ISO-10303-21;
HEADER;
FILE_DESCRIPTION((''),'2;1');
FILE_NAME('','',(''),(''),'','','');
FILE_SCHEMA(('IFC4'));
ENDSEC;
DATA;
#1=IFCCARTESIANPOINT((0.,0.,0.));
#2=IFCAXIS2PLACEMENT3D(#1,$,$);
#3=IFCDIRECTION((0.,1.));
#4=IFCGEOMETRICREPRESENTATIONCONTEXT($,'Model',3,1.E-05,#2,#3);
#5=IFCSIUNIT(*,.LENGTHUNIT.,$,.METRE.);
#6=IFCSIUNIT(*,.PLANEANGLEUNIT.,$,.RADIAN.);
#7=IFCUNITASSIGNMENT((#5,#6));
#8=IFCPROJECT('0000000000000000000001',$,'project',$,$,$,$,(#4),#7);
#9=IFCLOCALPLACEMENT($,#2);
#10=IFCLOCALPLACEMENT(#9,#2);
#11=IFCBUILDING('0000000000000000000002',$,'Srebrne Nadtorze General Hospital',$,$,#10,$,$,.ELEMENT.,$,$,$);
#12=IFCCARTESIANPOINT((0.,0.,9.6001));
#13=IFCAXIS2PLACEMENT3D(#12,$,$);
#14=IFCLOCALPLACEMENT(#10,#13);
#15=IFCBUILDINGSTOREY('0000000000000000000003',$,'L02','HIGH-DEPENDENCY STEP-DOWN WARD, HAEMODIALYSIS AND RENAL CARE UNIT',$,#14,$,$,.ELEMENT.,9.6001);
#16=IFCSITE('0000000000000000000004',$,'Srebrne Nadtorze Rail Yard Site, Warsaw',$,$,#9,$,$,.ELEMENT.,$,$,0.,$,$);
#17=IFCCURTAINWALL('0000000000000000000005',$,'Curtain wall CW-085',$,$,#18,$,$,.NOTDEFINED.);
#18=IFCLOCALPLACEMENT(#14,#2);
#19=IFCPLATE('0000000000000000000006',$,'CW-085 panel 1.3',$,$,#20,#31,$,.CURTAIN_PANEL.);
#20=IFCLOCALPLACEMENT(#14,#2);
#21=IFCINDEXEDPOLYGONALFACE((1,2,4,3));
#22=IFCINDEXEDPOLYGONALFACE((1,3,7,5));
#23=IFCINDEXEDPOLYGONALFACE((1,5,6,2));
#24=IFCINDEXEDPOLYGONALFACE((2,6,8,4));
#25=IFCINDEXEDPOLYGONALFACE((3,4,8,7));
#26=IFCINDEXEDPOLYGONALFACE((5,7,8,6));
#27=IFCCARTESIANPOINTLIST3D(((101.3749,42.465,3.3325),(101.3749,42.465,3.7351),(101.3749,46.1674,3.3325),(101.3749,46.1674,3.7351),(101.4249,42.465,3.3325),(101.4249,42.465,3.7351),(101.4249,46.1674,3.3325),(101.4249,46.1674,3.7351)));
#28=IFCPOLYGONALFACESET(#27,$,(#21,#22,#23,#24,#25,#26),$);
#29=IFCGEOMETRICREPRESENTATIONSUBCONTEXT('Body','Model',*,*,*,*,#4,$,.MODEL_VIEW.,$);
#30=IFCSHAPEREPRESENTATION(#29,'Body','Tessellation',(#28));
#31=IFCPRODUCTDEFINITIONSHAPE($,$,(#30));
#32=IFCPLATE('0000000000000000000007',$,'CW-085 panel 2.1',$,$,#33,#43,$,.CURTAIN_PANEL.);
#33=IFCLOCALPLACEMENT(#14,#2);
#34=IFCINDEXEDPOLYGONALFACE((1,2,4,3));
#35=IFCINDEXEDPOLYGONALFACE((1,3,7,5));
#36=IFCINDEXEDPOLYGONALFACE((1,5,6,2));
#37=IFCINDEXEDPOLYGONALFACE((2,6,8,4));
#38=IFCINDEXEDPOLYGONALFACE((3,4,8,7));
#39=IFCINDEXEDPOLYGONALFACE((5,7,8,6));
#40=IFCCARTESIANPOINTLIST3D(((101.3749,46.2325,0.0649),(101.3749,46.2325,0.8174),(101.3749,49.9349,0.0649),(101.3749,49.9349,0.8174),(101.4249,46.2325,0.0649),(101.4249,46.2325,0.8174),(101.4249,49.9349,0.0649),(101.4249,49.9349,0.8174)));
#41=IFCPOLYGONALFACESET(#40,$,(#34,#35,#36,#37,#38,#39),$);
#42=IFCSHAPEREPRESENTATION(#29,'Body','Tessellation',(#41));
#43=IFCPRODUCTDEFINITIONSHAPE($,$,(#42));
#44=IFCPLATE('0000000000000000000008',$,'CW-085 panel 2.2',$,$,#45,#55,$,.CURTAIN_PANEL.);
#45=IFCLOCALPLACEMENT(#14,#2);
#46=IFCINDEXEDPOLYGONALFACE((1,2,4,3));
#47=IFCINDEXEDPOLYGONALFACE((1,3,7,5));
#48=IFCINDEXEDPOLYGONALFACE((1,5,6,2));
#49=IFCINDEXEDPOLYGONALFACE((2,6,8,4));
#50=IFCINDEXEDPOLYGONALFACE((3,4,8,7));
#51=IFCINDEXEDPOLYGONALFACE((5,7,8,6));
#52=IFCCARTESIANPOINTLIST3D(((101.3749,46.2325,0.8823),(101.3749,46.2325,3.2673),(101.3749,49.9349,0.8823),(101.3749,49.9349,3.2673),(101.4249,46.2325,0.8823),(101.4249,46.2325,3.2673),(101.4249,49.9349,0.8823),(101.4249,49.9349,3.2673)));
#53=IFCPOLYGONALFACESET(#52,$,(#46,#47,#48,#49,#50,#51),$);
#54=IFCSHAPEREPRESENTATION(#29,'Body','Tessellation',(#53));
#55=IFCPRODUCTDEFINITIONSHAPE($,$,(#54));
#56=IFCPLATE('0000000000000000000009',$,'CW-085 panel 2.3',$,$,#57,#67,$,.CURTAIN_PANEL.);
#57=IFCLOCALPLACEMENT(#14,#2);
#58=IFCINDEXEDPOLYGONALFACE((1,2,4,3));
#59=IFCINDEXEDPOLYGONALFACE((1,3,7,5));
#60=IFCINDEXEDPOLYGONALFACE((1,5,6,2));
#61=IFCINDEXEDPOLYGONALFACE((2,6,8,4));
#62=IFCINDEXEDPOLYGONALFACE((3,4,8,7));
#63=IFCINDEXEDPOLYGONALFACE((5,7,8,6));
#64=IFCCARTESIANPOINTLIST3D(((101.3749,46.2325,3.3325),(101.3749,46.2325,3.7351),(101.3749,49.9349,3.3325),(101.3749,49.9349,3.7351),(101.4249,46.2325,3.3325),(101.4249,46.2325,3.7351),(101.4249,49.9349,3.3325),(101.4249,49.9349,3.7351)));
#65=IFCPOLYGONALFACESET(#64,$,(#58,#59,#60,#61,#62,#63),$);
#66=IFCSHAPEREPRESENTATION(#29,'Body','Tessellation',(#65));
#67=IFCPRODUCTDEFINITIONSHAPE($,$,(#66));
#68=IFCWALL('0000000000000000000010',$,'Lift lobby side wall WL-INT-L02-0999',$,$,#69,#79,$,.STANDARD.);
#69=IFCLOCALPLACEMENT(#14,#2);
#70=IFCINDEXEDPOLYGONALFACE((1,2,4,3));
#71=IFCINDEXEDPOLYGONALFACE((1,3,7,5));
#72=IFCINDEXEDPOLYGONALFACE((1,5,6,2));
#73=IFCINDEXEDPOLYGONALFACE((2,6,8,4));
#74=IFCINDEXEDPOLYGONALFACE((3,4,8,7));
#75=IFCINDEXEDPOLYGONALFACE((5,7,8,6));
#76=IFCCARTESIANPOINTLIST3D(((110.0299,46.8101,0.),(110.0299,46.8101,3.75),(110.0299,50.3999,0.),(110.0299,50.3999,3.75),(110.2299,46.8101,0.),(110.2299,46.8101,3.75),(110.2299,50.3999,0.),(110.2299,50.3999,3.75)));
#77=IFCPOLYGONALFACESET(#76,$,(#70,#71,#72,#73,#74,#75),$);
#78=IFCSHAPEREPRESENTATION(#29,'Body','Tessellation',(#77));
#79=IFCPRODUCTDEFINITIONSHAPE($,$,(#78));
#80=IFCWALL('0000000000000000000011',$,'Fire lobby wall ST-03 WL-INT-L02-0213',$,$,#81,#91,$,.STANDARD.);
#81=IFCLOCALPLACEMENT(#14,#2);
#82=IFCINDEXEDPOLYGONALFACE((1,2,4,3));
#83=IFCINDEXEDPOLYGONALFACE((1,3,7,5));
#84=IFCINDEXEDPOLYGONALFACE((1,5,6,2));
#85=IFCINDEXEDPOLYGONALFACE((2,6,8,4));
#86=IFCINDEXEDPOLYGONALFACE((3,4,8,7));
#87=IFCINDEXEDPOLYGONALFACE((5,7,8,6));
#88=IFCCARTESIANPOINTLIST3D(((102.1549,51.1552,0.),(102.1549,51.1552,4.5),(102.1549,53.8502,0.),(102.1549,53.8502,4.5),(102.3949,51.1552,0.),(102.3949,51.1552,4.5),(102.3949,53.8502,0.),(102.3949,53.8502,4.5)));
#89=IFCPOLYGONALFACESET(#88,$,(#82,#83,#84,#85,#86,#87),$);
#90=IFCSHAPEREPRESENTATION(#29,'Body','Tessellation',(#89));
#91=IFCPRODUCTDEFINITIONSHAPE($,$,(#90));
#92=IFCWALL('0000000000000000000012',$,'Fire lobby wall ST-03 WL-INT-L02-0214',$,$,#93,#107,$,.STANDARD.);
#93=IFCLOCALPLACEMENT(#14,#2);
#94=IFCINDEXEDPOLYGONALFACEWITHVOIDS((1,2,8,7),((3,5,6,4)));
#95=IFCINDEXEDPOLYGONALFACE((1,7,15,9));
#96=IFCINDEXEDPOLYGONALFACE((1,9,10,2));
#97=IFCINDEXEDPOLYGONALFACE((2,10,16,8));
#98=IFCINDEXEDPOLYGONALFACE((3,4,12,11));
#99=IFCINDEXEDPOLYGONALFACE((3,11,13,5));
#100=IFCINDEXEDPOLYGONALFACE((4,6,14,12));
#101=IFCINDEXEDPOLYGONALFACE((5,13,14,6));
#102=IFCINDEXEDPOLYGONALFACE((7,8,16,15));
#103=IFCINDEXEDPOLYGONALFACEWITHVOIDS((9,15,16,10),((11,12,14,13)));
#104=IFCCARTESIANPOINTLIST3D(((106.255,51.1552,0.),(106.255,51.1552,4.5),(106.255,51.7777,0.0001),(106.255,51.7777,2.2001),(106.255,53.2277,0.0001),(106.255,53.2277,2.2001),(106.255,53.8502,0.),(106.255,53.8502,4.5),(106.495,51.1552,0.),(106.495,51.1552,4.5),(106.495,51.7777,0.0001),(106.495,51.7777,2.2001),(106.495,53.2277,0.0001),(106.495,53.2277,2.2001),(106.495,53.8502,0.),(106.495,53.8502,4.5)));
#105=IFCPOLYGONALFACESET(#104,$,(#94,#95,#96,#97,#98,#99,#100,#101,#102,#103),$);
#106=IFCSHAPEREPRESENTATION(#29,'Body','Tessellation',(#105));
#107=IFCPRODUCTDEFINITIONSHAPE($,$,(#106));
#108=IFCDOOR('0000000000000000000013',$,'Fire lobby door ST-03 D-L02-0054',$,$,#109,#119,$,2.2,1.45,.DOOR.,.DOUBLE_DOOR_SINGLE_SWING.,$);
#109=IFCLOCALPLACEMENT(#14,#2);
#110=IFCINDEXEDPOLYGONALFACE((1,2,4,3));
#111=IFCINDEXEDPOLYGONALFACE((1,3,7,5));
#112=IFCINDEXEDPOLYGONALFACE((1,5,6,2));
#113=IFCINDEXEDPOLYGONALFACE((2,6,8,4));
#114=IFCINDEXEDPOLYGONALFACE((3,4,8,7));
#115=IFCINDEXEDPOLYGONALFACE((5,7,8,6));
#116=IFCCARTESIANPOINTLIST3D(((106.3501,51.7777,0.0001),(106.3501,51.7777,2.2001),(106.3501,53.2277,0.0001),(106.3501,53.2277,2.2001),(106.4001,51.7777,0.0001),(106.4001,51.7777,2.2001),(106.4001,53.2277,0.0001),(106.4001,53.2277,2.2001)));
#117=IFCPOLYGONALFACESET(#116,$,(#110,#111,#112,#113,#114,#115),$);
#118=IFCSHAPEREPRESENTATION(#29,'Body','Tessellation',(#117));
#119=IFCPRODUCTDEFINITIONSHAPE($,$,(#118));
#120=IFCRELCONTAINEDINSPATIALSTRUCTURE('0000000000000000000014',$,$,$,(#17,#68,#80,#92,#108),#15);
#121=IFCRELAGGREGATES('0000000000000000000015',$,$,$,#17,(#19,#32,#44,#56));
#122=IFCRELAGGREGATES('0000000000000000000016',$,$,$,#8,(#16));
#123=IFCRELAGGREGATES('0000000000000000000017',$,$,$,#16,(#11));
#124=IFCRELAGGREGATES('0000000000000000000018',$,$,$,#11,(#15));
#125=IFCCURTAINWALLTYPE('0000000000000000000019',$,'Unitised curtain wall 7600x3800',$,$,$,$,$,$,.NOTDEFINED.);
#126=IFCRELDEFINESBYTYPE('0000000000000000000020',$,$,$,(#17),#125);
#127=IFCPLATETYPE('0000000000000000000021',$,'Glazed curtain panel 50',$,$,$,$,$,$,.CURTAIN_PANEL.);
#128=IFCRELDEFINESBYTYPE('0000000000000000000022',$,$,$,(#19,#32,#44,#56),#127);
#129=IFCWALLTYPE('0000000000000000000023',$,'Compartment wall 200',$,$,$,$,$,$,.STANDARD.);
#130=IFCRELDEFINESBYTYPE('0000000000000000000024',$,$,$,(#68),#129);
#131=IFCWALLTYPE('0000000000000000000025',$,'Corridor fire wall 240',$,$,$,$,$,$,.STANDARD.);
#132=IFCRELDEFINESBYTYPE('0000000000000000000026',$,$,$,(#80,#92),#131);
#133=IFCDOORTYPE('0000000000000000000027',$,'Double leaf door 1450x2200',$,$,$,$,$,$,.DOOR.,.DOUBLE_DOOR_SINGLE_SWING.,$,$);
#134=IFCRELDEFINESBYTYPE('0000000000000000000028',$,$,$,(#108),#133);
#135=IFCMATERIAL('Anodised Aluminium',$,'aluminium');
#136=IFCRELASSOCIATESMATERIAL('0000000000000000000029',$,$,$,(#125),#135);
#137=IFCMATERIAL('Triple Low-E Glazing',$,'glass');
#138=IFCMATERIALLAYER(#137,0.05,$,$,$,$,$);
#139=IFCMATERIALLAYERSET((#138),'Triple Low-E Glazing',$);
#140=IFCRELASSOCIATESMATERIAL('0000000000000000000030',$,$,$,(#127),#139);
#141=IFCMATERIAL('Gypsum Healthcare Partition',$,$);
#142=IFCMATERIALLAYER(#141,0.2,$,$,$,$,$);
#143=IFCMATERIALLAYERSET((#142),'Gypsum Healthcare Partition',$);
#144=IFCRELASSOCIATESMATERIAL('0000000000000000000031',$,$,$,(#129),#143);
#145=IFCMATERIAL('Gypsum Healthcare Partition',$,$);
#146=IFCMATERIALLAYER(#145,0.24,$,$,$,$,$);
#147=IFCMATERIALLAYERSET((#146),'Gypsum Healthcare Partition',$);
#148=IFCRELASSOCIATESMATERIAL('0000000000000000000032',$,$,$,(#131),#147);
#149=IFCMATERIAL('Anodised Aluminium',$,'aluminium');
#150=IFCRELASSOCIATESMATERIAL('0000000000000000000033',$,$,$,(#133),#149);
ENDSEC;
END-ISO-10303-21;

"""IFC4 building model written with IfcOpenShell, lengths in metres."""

from ifc_helpers import new_model, si_unit, direction, frame, frame_2d, origin, origin_2d, place, context, subcontext, project, spatial, rectangle, extrude, material, layer, layer_set, type_object, element, fill, aggregate, save


model = new_model("IFC4")

# Units and contexts
model_context = context("Model", 3, precision=1e-05, world=origin(), true_north=direction((0.0, 1.0)))
body_context = subcontext(model_context, "Body", "Model", "MODEL_VIEW")
ifc_project = project(units=[si_unit("LENGTHUNIT", "METRE"), si_unit("PLANEANGLEUNIT", "RADIAN")], contexts=[model_context])

# Site, building, storey
site_placement = place(None, origin())
site = spatial("IfcSite", under=ifc_project, at=site_placement, Name="Srebrne Nadtorze Rail Yard Site, Warsaw", CompositionType="ELEMENT", RefElevation=0.0)
building_placement = place(site_placement, origin())
building = spatial("IfcBuilding", under=site, at=building_placement, Name="Srebrne Nadtorze General Hospital", CompositionType="ELEMENT")
storey_placement = place(building_placement, frame((0.0, 0.0, 9.6001)))
storey = spatial("IfcBuildingStorey", under=building, at=storey_placement, Name="L02", Description="HIGH-DEPENDENCY STEP-DOWN WARD, HAEMODIALYSIS AND RENAL CARE UNIT", CompositionType="ELEMENT", Elevation=9.6001)

# Curtain wall
ifc_material_1 = material(Name="Anodised Aluminium", Category="aluminium")
curtain_wall_type = type_object("IfcCurtainWallType", Name="Unitised curtain wall 7600x3800", PredefinedType="NOTDEFINED", material=ifc_material_1)
curtain_wall_placement = place(storey_placement, origin())
curtain_wall = element("IfcCurtainWall", 1, at=curtain_wall_placement, inside=storey, type_object=curtain_wall_type, Name="Curtain wall CW-085", PredefinedType="NOTDEFINED")

# Plates
ifc_material_2 = material(Name="Triple Low-E Glazing", Category="glass")
ifc_layer_1 = layer(ifc_material_2, 0.05)
ifc_layer_set_1 = layer_set([ifc_layer_1], Name="Triple Low-E Glazing")
plate_type = type_object("IfcPlateType", Name="Glazed curtain panel 50", PredefinedType="CURTAIN_PANEL", material=ifc_layer_set_1)
plate_1_placement = place(storey_placement, frame((101.3999, 44.3162, 3.3325), z_axis=(0.0, 0.0, 1.0), x_axis=(0.0, 1.0, 0.0)))
plate_1 = element("IfcPlate", 2, at=plate_1_placement, type_object=plate_type, Name="CW-085 panel 1.3", PredefinedType="CURTAIN_PANEL", context=body_context, shape_type="SweptSolid", body=[
    extrude(rectangle(XDim=3.7024, YDim=0.05, at=origin_2d()), origin(), (0.0, 0.0, 1.0), 0.4026),
])
plate_2_placement = place(storey_placement, frame((101.3999, 48.0837, 0.0649), z_axis=(0.0, 0.0, 1.0), x_axis=(0.0, 1.0, 0.0)))
plate_2 = element("IfcPlate", 3, at=plate_2_placement, type_object=plate_type, Name="CW-085 panel 2.1", PredefinedType="CURTAIN_PANEL", context=body_context, shape_type="SweptSolid", body=[
    extrude(rectangle(XDim=3.7024, YDim=0.05, at=origin_2d()), origin(), (0.0, 0.0, 1.0), 0.7524),
])
plate_3_placement = place(storey_placement, frame((101.3999, 48.0837, 0.8823), z_axis=(0.0, 0.0, 1.0), x_axis=(0.0, 1.0, 0.0)))
plate_3 = element("IfcPlate", 4, at=plate_3_placement, type_object=plate_type, Name="CW-085 panel 2.2", PredefinedType="CURTAIN_PANEL", context=body_context, shape_type="SweptSolid", body=[
    extrude(rectangle(XDim=3.7024, YDim=0.05, at=origin_2d()), origin(), (0.0, 0.0, 1.0), 2.385),
])
plate_4_placement = place(storey_placement, frame((101.3999, 48.0837, 3.3325), z_axis=(0.0, 0.0, 1.0), x_axis=(0.0, 1.0, 0.0)))
plate_4 = element("IfcPlate", 5, at=plate_4_placement, type_object=plate_type, Name="CW-085 panel 2.3", PredefinedType="CURTAIN_PANEL", context=body_context, shape_type="SweptSolid", body=[
    extrude(rectangle(XDim=3.7024, YDim=0.05, at=origin_2d()), origin(), (0.0, 0.0, 1.0), 0.4026),
])
aggregate(curtain_wall, [plate_1, plate_2, plate_3, plate_4])

# Walls
ifc_material_3 = material(Name="Gypsum Healthcare Partition")
ifc_layer_2 = layer(ifc_material_3, 0.2)
ifc_layer_set_2 = layer_set([ifc_layer_2], Name="Gypsum Healthcare Partition")
wall_type_1 = type_object("IfcWallType", Name="Compartment wall 200", PredefinedType="STANDARD", material=ifc_layer_set_2)
wall_1_placement = place(storey_placement, frame((110.1299, 46.8101, 0.0), z_axis=(0.0, 0.0, 1.0), x_axis=(0.0, 1.0, 0.0)))
element("IfcWall", 6, at=wall_1_placement, inside=storey, type_object=wall_type_1, Name="Lift lobby side wall WL-INT-L02-0999", PredefinedType="STANDARD", context=body_context, shape_type="SweptSolid", body=[
    extrude(rectangle(XDim=3.5898, YDim=0.2, at=frame_2d((1.7949, 0.0))), origin(), (0.0, 0.0, 1.0), 3.75),
])
ifc_material_4 = material(Name="Gypsum Healthcare Partition")
ifc_layer_3 = layer(ifc_material_4, 0.24)
ifc_layer_set_3 = layer_set([ifc_layer_3], Name="Gypsum Healthcare Partition")
wall_type_2 = type_object("IfcWallType", Name="Corridor fire wall 240", PredefinedType="STANDARD", material=ifc_layer_set_3)
wall_2_placement = place(storey_placement, frame((102.2749, 51.155, 0.0), z_axis=(0.0, 0.0, 1.0), x_axis=(0.0, 1.0, 0.0)))
element("IfcWall", 7, at=wall_2_placement, inside=storey, type_object=wall_type_2, Name="Fire lobby wall ST-03 WL-INT-L02-0213", PredefinedType="STANDARD", context=body_context, shape_type="SweptSolid", body=[
    extrude(rectangle(XDim=2.6951, YDim=0.24, at=frame_2d((1.3477, 0.0))), origin(), (0.0, 0.0, 1.0), 4.5),
])

# Wall, opening, door
wall_3_placement = place(storey_placement, frame((106.375, 51.155, 0.0), z_axis=(0.0, 0.0, 1.0), x_axis=(0.0, 1.0, 0.0)))
wall_3 = element("IfcWall", 8, at=wall_3_placement, inside=storey, type_object=wall_type_2, Name="Fire lobby wall ST-03 WL-INT-L02-0214", PredefinedType="STANDARD", context=body_context, shape_type="SweptSolid", body=[
    extrude(rectangle(XDim=2.6951, YDim=0.24, at=frame_2d((1.3477, 0.0))), origin(), (0.0, 0.0, 1.0), 4.5),
])
opening_placement = place(wall_3_placement, frame((0.6226, 0.0, 0.0)))
opening = element("IfcOpeningElement", 9, at=opening_placement, cuts=wall_3, PredefinedType="OPENING", context=body_context, shape_type="SweptSolid", body=[
    extrude(rectangle(XDim=1.45, YDim=2.2, at=frame_2d((0.7251, 1.1001))), frame((0.0, 0.1318, 0.0), z_axis=(0.0, -1.0, 0.0), x_axis=(1.0, 0.0, 0.0)), (0.0, 0.0, 1.0), 0.2639),
])
ifc_material_5 = material(Name="Anodised Aluminium", Category="aluminium")
door_type = type_object("IfcDoorType", Name="Double leaf door 1450x2200", OperationType="DOUBLE_DOOR_SINGLE_SWING", PredefinedType="DOOR", material=ifc_material_5)
door_placement = place(opening_placement, origin())
door = element("IfcDoor", 10, at=door_placement, inside=storey, type_object=door_type, Name="Fire lobby door ST-03 D-L02-0054", OperationType="DOUBLE_DOOR_SINGLE_SWING", OverallHeight=2.2, OverallWidth=1.45, PredefinedType="DOOR", context=body_context, shape_type="SweptSolid", body=[
    extrude(rectangle(XDim=1.45, YDim=2.2, at=frame_2d((0.7251, 1.1001))), frame((0.0, 0.0249, 0.0), z_axis=(0.0, -1.0, 0.0), x_axis=(1.0, 0.0, 0.0)), (0.0, 0.0, 1.0), 0.05),
])
fill(opening, door)

save(model, "model.ifc")
